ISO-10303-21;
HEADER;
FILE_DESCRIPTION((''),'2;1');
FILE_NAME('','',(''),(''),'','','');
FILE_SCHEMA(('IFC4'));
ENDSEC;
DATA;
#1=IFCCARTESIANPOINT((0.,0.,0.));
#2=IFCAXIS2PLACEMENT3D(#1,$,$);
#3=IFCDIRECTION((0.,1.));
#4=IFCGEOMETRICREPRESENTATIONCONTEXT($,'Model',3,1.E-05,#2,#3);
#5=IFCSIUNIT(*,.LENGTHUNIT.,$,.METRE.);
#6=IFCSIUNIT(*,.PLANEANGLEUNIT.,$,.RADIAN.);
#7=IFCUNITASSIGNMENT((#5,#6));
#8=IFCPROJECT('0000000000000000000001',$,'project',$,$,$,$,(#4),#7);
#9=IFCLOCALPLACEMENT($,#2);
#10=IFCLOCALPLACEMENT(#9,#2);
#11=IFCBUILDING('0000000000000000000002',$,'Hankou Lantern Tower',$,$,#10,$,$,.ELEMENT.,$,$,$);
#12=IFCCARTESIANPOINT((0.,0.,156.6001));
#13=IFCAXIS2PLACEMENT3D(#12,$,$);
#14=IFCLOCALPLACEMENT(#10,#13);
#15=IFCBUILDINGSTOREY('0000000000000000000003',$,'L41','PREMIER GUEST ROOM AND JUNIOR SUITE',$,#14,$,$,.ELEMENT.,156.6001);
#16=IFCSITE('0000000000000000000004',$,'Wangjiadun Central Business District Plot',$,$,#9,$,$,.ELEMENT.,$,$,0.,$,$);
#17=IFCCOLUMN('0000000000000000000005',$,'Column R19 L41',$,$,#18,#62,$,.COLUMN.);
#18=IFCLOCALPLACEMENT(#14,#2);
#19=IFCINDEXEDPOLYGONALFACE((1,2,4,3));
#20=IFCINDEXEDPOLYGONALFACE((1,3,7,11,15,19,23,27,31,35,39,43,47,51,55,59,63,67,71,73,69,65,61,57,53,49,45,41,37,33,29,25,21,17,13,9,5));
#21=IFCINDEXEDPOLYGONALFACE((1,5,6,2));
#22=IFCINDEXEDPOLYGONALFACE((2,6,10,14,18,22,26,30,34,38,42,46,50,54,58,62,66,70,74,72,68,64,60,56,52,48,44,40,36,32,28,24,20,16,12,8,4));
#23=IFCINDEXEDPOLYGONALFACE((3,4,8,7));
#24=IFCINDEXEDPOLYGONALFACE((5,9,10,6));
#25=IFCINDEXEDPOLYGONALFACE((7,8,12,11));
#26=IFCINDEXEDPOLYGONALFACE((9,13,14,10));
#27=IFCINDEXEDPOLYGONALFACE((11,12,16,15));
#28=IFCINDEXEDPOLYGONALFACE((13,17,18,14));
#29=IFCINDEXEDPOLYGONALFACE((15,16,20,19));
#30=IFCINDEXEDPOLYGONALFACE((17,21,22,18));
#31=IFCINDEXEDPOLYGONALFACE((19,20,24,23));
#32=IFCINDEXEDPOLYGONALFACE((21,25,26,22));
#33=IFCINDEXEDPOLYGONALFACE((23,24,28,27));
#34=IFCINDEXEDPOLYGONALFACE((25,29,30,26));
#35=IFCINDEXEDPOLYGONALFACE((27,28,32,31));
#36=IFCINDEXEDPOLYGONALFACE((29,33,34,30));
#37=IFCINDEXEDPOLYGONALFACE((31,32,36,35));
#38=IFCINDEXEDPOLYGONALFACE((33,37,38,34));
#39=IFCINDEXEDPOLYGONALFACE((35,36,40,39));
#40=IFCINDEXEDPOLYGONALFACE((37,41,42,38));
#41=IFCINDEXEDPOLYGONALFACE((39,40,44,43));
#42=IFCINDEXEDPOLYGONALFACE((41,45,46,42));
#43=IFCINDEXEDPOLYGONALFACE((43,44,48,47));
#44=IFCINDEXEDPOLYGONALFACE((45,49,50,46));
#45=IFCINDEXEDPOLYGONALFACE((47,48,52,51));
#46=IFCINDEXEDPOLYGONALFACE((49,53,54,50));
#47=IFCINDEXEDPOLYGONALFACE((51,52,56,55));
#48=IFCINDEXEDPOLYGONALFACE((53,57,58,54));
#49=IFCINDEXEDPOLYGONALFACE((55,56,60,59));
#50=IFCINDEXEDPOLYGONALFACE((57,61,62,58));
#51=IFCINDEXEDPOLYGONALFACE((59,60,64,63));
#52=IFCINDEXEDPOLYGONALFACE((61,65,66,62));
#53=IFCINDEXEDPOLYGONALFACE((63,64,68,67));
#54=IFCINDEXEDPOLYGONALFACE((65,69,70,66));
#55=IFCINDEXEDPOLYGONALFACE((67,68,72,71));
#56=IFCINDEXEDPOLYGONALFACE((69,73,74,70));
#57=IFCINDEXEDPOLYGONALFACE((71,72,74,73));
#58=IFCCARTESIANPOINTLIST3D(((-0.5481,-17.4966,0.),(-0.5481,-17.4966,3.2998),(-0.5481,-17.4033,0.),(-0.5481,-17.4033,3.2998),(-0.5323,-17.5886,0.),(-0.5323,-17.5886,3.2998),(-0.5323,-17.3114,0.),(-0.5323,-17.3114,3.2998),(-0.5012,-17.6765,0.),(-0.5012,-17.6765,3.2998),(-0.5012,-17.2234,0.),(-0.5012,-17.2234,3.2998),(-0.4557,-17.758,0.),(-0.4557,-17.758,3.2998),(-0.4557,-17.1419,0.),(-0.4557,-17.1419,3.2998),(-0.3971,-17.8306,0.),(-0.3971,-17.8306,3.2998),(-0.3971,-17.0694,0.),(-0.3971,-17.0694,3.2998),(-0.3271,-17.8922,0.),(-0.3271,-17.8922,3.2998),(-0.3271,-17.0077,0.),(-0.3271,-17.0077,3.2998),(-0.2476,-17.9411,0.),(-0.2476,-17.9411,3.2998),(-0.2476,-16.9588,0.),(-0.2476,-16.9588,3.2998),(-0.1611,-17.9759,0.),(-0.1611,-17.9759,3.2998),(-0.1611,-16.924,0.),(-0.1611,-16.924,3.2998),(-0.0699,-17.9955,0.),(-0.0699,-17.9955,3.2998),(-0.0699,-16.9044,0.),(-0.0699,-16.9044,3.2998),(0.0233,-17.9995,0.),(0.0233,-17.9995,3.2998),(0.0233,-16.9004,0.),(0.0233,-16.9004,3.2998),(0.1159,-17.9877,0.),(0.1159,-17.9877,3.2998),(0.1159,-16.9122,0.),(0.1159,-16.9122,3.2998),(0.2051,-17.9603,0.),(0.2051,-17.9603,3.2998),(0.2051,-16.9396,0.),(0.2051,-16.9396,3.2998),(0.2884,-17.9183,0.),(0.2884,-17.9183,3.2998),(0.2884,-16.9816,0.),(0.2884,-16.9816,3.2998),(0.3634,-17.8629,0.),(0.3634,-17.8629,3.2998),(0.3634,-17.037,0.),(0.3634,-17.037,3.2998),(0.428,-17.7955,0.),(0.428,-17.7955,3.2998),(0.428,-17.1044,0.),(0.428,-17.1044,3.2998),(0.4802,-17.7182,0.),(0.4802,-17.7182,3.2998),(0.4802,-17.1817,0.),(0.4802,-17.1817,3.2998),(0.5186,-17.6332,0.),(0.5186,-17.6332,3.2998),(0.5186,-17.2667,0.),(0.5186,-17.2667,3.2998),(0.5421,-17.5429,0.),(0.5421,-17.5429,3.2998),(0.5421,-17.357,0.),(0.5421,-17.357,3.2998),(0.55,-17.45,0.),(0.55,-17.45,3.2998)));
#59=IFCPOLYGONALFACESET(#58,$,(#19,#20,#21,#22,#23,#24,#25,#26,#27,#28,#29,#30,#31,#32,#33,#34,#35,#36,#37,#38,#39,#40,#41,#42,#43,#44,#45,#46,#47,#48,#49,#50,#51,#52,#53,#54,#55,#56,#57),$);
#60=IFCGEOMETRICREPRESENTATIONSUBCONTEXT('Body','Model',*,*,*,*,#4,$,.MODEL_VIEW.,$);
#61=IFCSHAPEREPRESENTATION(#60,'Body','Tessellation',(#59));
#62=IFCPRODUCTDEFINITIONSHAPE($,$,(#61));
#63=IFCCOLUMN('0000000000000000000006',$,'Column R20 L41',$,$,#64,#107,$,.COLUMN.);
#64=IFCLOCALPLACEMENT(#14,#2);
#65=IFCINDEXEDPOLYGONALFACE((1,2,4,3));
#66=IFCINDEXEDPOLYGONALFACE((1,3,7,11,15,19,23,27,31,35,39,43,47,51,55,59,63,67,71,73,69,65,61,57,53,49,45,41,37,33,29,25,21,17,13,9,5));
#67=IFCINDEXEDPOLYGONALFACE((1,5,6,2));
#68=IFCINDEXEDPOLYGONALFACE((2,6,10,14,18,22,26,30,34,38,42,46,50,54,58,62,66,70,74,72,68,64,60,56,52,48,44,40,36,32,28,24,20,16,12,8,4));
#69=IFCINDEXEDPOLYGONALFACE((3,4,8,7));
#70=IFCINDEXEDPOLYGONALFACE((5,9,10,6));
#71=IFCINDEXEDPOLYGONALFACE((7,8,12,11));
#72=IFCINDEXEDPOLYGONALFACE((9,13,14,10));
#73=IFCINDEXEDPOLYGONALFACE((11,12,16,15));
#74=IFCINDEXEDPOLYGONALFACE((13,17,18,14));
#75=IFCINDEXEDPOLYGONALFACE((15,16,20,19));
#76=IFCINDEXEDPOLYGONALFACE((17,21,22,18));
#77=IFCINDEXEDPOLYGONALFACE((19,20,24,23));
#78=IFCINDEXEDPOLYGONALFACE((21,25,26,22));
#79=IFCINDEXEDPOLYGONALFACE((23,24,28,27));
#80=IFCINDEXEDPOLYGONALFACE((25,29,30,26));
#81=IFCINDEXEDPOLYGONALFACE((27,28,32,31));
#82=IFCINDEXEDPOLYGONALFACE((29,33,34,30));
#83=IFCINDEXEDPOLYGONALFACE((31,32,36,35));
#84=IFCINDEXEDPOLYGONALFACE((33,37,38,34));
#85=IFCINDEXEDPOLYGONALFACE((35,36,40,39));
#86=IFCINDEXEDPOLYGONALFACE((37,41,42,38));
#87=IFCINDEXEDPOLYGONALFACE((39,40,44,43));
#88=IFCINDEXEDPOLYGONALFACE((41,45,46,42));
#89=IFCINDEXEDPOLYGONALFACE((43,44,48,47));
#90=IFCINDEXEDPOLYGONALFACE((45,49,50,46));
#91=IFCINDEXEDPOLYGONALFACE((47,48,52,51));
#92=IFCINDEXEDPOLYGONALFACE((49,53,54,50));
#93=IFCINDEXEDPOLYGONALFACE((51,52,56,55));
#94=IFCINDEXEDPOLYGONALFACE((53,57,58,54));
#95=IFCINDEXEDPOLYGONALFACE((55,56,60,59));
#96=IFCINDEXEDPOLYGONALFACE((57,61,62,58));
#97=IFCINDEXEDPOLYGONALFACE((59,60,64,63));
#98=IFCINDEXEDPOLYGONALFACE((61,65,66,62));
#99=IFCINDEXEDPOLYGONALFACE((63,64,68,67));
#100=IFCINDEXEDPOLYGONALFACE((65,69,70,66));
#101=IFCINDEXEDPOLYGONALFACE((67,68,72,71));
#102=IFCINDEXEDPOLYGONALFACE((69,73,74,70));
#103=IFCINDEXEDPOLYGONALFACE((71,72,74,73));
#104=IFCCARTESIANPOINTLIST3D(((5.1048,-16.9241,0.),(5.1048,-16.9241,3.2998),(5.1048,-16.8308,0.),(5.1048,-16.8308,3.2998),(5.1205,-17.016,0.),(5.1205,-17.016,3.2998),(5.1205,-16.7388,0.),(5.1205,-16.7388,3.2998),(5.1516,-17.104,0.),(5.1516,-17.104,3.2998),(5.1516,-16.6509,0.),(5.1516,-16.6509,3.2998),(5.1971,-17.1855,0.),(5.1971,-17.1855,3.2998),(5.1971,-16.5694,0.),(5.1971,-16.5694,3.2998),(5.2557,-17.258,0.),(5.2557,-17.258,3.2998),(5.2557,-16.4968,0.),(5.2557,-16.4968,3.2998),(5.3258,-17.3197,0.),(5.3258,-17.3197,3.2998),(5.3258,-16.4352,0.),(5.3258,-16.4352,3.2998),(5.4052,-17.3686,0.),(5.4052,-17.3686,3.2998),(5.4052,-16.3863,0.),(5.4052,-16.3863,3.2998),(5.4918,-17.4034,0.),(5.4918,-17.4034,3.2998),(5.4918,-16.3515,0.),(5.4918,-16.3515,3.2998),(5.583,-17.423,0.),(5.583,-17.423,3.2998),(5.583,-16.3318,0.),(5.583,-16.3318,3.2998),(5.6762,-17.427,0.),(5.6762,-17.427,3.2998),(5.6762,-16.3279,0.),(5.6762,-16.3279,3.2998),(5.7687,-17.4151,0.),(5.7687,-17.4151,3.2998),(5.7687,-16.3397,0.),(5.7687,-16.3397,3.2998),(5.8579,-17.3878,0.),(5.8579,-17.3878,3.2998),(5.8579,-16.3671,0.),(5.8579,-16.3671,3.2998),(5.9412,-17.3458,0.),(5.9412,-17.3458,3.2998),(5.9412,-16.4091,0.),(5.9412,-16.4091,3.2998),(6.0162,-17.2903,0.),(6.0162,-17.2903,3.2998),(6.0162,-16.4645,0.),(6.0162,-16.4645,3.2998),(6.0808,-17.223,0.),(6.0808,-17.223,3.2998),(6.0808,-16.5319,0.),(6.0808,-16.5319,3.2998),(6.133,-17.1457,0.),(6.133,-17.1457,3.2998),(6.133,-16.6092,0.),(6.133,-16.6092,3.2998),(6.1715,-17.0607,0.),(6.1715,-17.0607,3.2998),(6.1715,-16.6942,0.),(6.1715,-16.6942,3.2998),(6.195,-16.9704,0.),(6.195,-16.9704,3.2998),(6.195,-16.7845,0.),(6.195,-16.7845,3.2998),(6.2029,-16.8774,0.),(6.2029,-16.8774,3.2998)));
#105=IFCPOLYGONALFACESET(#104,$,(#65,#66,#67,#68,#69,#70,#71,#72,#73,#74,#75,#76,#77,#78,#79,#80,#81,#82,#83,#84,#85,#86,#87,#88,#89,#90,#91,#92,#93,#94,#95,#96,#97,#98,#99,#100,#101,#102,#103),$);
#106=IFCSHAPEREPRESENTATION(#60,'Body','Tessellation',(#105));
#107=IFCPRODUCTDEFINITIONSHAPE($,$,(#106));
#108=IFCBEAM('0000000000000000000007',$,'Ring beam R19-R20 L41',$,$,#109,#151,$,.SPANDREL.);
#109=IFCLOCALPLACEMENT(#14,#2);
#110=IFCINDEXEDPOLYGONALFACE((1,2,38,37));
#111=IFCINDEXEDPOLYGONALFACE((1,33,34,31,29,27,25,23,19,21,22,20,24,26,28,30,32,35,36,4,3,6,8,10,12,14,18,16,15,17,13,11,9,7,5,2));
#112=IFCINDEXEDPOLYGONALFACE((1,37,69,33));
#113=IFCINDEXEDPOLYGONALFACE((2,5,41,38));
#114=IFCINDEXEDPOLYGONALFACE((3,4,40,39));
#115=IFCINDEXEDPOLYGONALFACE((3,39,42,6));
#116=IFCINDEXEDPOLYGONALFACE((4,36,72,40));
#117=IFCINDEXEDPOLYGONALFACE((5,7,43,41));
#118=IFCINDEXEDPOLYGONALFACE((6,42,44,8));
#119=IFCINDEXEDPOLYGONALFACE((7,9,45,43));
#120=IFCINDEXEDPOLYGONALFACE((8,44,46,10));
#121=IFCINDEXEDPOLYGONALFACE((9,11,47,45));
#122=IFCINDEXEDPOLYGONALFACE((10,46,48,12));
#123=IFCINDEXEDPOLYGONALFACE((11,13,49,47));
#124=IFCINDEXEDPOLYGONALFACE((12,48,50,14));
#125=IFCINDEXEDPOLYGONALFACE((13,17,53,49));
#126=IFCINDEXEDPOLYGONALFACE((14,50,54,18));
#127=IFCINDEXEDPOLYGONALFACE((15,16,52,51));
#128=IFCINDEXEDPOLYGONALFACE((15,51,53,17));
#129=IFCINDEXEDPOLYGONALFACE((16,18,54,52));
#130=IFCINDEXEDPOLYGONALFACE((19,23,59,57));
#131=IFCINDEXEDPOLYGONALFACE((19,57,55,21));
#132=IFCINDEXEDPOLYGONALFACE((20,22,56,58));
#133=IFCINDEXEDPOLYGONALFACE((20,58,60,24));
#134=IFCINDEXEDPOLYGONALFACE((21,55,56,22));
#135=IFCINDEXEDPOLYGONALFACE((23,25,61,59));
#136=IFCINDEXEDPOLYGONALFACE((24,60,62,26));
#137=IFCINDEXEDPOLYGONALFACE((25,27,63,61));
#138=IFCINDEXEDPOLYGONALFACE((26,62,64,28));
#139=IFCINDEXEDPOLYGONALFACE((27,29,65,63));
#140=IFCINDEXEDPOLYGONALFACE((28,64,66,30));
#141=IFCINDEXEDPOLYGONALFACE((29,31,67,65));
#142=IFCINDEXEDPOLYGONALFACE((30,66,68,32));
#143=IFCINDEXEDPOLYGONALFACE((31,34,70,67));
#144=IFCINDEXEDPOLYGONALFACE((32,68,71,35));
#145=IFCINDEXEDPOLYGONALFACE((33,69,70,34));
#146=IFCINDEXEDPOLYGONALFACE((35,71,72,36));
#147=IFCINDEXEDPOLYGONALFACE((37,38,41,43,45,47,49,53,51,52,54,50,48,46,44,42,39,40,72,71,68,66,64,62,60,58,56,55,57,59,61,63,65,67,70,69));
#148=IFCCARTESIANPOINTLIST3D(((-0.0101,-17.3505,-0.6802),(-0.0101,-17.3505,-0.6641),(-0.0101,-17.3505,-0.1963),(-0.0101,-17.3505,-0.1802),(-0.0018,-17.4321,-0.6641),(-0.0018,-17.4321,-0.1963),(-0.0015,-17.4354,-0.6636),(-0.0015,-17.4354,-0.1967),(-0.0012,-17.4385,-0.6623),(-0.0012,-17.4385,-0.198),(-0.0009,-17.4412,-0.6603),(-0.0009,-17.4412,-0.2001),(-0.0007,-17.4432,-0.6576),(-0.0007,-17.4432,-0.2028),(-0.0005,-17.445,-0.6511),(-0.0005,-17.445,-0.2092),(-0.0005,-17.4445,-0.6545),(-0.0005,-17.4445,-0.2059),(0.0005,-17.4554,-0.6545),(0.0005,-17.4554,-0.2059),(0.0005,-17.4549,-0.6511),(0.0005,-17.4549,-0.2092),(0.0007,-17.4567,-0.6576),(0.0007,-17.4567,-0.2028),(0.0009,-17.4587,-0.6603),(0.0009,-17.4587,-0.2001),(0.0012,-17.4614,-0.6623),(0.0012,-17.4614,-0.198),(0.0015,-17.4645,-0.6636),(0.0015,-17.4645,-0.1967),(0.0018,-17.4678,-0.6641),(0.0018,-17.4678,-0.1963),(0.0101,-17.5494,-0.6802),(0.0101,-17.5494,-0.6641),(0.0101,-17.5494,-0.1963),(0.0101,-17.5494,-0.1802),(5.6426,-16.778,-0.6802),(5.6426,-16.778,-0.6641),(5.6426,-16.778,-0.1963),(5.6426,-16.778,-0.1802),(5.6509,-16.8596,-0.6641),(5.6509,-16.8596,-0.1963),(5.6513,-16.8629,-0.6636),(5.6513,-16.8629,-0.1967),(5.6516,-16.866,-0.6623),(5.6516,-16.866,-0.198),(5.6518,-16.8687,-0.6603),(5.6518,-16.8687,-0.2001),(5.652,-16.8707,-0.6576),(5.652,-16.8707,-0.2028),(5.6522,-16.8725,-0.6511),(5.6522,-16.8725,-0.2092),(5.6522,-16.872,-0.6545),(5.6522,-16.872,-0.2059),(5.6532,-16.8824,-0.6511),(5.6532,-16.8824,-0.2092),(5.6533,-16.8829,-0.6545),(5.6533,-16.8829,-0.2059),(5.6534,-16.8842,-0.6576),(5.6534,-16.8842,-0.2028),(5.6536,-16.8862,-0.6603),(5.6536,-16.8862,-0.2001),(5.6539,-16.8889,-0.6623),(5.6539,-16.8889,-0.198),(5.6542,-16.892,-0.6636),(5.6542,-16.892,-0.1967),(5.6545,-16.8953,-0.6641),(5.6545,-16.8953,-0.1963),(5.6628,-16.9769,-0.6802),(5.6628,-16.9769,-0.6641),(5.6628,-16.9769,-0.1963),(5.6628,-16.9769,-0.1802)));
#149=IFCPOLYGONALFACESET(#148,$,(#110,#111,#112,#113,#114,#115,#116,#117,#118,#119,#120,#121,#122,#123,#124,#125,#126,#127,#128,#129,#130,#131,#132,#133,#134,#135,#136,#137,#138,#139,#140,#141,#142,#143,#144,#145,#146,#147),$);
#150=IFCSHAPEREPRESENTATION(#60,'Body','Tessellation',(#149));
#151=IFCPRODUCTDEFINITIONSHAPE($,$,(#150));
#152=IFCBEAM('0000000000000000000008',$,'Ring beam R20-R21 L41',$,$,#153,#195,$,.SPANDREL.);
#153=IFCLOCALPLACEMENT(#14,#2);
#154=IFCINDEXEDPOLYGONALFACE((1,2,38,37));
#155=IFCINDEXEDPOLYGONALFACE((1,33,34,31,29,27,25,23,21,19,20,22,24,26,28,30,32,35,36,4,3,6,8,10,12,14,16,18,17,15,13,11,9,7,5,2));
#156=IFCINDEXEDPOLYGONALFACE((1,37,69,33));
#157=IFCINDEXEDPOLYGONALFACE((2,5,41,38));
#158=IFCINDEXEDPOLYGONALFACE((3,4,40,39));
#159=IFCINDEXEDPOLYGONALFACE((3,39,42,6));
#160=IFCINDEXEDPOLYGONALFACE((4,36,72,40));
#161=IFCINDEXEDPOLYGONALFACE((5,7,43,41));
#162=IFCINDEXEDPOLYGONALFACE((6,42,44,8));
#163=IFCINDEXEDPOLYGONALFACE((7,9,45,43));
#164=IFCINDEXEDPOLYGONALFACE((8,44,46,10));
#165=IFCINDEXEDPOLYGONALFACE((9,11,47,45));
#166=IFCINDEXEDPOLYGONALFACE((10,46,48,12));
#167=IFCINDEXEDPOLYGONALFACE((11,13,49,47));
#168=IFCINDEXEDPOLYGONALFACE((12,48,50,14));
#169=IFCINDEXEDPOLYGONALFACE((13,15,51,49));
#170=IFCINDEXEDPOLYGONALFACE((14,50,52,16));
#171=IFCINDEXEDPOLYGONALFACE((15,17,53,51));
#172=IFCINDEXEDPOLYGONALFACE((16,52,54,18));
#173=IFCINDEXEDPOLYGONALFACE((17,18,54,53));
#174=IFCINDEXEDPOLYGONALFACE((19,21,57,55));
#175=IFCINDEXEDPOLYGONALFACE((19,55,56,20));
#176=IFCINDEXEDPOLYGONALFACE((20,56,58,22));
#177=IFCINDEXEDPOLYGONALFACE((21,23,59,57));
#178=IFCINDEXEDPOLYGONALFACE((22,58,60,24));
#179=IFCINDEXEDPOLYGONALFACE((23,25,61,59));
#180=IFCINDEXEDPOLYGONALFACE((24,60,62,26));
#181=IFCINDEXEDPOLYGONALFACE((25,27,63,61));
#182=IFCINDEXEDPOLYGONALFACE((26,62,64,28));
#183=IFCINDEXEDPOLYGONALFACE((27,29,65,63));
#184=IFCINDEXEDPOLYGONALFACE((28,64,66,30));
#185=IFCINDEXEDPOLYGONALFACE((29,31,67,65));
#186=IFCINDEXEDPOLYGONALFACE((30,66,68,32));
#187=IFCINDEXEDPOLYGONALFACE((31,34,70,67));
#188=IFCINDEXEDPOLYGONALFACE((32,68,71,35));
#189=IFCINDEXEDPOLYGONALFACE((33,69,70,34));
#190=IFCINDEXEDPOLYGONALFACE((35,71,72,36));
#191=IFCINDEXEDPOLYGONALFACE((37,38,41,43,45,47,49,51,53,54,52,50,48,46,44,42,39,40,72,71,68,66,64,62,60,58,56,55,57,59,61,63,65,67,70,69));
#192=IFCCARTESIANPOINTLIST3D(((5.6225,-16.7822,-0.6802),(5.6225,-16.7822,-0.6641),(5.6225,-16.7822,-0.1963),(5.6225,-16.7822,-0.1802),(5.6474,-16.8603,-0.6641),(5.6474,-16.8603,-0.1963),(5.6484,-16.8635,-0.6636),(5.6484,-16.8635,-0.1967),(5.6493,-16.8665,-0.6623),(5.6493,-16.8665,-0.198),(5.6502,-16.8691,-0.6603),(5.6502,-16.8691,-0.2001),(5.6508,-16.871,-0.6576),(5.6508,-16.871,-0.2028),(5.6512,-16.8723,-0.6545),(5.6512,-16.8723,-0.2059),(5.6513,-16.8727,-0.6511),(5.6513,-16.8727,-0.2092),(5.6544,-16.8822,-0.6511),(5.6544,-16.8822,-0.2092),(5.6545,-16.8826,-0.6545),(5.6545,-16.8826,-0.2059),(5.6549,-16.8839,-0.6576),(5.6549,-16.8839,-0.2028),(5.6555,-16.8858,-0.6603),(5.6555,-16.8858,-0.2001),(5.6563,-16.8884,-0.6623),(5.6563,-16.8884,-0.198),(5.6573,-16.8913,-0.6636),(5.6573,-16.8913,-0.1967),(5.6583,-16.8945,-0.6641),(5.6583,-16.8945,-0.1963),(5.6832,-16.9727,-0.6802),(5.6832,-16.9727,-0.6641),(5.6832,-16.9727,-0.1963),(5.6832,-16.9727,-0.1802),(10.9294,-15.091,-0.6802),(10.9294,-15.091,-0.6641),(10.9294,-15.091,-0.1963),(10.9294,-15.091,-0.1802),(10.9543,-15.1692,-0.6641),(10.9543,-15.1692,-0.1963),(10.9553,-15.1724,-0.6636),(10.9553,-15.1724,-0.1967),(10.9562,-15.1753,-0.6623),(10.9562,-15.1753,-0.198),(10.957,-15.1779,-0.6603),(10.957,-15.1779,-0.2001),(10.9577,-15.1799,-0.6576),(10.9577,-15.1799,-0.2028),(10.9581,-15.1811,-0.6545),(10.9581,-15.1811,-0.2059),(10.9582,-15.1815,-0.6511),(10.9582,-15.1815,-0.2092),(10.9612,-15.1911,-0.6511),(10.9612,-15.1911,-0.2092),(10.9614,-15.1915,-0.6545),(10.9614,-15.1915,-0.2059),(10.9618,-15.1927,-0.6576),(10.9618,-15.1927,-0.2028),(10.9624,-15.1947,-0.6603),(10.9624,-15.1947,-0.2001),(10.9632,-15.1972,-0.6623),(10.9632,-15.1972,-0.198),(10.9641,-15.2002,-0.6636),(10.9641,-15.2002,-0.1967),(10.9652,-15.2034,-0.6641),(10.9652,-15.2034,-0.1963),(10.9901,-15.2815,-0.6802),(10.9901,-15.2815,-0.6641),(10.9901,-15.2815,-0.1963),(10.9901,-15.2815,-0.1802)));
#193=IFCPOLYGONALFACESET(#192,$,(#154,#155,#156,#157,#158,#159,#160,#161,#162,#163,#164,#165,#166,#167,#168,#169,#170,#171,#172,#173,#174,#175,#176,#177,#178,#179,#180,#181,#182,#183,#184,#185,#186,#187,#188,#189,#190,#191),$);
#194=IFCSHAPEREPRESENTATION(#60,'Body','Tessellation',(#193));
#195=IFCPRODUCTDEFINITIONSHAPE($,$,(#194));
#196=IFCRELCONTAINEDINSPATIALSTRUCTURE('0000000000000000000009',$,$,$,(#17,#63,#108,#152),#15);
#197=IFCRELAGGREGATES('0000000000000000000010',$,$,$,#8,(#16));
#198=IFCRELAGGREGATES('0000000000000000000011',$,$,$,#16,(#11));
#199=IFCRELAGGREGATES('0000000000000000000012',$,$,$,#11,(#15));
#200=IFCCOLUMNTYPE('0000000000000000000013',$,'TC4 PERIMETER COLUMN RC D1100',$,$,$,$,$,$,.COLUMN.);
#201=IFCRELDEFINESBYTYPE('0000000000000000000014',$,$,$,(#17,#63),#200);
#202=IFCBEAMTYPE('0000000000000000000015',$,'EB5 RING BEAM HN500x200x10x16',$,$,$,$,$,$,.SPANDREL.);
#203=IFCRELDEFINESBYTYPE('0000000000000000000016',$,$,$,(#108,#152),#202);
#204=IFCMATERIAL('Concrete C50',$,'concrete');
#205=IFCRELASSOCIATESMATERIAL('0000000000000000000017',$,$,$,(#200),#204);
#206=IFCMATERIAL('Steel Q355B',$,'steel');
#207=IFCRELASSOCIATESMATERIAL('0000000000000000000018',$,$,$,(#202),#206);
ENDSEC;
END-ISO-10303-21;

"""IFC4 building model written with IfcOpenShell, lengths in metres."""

from ifc_helpers import new_model, si_unit, direction, frame, origin, origin_2d, place, context, subcontext, project, spatial, circle, i_section, extrude, material, material_profile, profile_set, type_object, element, save


model = new_model("IFC4")

# Units and contexts
model_context = context("Model", 3, precision=1e-05, world=origin(), true_north=direction((0.0, 1.0)))
body_context = subcontext(model_context, "Body", "Model", "MODEL_VIEW")
ifc_project = project(units=[si_unit("LENGTHUNIT", "METRE"), si_unit("PLANEANGLEUNIT", "RADIAN")], contexts=[model_context])

# Site, building, storey
site_placement = place(None, origin())
site = spatial("IfcSite", under=ifc_project, at=site_placement, Name="Wangjiadun Central Business District Plot", CompositionType="ELEMENT", RefElevation=0.0)
building_placement = place(site_placement, origin())
building = spatial("IfcBuilding", under=site, at=building_placement, Name="Hankou Lantern Tower", CompositionType="ELEMENT")
storey_placement = place(building_placement, frame((0.0, 0.0, 156.6001)))
storey = spatial("IfcBuildingStorey", under=building, at=storey_placement, Name="L41", Description="PREMIER GUEST ROOM AND JUNIOR SUITE", CompositionType="ELEMENT", Elevation=156.6001)

# Columns
ifc_material_1 = material(Name="Concrete C50", Category="concrete")
ifc_material_profile_1 = material_profile(ifc_material_1, circle(Radius=0.55, at=origin_2d()), Name="RC D1100")
ifc_profile_set_1 = profile_set([ifc_material_profile_1], Name="Concrete C50")
column_type = type_object("IfcColumnType", Name="TC4 PERIMETER COLUMN RC D1100", PredefinedType="COLUMN", material=ifc_profile_set_1)
for number, where, z_axis, x_axis, name in (
    (1, (0.0, -17.45, 0.0), (0.0, 0.0, 1.0), (1.0, 0.0, 0.0), "Column R19 L41"),
    (2, (5.6528, -16.8774, 0.0), (0.0, 0.0, 1.0), (1.0, 0.0, 0.0), "Column R20 L41"),
):
    element("IfcColumn", number, at=place(storey_placement, frame(where, z_axis=z_axis, x_axis=x_axis)), inside=storey, type_object=column_type, Name=name, PredefinedType="COLUMN", context=body_context, shape_type="SweptSolid", body=[
        extrude(circle(Radius=0.55, at=origin_2d()), origin(), (0.0, 0.0, 1.0), 3.2998),
    ])

# Beams
ifc_material_2 = material(Name="Steel Q355B", Category="steel")
ifc_material_profile_2 = material_profile(ifc_material_2, i_section(OverallWidth=0.2, OverallDepth=0.5, WebThickness=0.01, FlangeThickness=0.0161, FilletRadius=0.0129, at=origin_2d()), Name="HN500x200x10x16")
ifc_profile_set_2 = profile_set([ifc_material_profile_2], Name="Steel Q355B")
beam_type_1 = type_object("IfcBeamType", Name="EB5 RING BEAM HN500x200x10x16", PredefinedType="SPANDREL", material=ifc_profile_set_2)
beam_1_placement = place(storey_placement, frame((0.0, -17.45, -0.4302), z_axis=(0.99491, 0.100763, 0.0), x_axis=(-0.100763, 0.99491, 0.0)))
element("IfcBeam", 3, at=beam_1_placement, inside=storey, type_object=beam_type_1, Name="Ring beam R19-R20 L41", PredefinedType="SPANDREL", context=body_context, shape_type="SweptSolid", body=[
    extrude(i_section(OverallWidth=0.2, OverallDepth=0.5, WebThickness=0.01, FlangeThickness=0.0161, FilletRadius=0.0129, at=origin_2d()), origin(), (0.0, 0.0, 1.0), 5.6816),
])
beam_2_placement = place(storey_placement, frame((5.6528, -16.8774, -0.4302), z_axis=(0.95279, 0.303629, 0.0), x_axis=(-0.303629, 0.95279, 0.0)))
element("IfcBeam", 4, at=beam_2_placement, inside=storey, type_object=beam_type_1, Name="Ring beam R20-R21 L41", PredefinedType="SPANDREL", context=body_context, shape_type="SweptSolid", body=[
    extrude(i_section(OverallWidth=0.2, OverallDepth=0.5, WebThickness=0.01, FlangeThickness=0.0161, FilletRadius=0.0129, at=origin_2d()), origin(), (0.0, 0.0, 1.0), 5.5698),
])

save(model, "model.ifc")
